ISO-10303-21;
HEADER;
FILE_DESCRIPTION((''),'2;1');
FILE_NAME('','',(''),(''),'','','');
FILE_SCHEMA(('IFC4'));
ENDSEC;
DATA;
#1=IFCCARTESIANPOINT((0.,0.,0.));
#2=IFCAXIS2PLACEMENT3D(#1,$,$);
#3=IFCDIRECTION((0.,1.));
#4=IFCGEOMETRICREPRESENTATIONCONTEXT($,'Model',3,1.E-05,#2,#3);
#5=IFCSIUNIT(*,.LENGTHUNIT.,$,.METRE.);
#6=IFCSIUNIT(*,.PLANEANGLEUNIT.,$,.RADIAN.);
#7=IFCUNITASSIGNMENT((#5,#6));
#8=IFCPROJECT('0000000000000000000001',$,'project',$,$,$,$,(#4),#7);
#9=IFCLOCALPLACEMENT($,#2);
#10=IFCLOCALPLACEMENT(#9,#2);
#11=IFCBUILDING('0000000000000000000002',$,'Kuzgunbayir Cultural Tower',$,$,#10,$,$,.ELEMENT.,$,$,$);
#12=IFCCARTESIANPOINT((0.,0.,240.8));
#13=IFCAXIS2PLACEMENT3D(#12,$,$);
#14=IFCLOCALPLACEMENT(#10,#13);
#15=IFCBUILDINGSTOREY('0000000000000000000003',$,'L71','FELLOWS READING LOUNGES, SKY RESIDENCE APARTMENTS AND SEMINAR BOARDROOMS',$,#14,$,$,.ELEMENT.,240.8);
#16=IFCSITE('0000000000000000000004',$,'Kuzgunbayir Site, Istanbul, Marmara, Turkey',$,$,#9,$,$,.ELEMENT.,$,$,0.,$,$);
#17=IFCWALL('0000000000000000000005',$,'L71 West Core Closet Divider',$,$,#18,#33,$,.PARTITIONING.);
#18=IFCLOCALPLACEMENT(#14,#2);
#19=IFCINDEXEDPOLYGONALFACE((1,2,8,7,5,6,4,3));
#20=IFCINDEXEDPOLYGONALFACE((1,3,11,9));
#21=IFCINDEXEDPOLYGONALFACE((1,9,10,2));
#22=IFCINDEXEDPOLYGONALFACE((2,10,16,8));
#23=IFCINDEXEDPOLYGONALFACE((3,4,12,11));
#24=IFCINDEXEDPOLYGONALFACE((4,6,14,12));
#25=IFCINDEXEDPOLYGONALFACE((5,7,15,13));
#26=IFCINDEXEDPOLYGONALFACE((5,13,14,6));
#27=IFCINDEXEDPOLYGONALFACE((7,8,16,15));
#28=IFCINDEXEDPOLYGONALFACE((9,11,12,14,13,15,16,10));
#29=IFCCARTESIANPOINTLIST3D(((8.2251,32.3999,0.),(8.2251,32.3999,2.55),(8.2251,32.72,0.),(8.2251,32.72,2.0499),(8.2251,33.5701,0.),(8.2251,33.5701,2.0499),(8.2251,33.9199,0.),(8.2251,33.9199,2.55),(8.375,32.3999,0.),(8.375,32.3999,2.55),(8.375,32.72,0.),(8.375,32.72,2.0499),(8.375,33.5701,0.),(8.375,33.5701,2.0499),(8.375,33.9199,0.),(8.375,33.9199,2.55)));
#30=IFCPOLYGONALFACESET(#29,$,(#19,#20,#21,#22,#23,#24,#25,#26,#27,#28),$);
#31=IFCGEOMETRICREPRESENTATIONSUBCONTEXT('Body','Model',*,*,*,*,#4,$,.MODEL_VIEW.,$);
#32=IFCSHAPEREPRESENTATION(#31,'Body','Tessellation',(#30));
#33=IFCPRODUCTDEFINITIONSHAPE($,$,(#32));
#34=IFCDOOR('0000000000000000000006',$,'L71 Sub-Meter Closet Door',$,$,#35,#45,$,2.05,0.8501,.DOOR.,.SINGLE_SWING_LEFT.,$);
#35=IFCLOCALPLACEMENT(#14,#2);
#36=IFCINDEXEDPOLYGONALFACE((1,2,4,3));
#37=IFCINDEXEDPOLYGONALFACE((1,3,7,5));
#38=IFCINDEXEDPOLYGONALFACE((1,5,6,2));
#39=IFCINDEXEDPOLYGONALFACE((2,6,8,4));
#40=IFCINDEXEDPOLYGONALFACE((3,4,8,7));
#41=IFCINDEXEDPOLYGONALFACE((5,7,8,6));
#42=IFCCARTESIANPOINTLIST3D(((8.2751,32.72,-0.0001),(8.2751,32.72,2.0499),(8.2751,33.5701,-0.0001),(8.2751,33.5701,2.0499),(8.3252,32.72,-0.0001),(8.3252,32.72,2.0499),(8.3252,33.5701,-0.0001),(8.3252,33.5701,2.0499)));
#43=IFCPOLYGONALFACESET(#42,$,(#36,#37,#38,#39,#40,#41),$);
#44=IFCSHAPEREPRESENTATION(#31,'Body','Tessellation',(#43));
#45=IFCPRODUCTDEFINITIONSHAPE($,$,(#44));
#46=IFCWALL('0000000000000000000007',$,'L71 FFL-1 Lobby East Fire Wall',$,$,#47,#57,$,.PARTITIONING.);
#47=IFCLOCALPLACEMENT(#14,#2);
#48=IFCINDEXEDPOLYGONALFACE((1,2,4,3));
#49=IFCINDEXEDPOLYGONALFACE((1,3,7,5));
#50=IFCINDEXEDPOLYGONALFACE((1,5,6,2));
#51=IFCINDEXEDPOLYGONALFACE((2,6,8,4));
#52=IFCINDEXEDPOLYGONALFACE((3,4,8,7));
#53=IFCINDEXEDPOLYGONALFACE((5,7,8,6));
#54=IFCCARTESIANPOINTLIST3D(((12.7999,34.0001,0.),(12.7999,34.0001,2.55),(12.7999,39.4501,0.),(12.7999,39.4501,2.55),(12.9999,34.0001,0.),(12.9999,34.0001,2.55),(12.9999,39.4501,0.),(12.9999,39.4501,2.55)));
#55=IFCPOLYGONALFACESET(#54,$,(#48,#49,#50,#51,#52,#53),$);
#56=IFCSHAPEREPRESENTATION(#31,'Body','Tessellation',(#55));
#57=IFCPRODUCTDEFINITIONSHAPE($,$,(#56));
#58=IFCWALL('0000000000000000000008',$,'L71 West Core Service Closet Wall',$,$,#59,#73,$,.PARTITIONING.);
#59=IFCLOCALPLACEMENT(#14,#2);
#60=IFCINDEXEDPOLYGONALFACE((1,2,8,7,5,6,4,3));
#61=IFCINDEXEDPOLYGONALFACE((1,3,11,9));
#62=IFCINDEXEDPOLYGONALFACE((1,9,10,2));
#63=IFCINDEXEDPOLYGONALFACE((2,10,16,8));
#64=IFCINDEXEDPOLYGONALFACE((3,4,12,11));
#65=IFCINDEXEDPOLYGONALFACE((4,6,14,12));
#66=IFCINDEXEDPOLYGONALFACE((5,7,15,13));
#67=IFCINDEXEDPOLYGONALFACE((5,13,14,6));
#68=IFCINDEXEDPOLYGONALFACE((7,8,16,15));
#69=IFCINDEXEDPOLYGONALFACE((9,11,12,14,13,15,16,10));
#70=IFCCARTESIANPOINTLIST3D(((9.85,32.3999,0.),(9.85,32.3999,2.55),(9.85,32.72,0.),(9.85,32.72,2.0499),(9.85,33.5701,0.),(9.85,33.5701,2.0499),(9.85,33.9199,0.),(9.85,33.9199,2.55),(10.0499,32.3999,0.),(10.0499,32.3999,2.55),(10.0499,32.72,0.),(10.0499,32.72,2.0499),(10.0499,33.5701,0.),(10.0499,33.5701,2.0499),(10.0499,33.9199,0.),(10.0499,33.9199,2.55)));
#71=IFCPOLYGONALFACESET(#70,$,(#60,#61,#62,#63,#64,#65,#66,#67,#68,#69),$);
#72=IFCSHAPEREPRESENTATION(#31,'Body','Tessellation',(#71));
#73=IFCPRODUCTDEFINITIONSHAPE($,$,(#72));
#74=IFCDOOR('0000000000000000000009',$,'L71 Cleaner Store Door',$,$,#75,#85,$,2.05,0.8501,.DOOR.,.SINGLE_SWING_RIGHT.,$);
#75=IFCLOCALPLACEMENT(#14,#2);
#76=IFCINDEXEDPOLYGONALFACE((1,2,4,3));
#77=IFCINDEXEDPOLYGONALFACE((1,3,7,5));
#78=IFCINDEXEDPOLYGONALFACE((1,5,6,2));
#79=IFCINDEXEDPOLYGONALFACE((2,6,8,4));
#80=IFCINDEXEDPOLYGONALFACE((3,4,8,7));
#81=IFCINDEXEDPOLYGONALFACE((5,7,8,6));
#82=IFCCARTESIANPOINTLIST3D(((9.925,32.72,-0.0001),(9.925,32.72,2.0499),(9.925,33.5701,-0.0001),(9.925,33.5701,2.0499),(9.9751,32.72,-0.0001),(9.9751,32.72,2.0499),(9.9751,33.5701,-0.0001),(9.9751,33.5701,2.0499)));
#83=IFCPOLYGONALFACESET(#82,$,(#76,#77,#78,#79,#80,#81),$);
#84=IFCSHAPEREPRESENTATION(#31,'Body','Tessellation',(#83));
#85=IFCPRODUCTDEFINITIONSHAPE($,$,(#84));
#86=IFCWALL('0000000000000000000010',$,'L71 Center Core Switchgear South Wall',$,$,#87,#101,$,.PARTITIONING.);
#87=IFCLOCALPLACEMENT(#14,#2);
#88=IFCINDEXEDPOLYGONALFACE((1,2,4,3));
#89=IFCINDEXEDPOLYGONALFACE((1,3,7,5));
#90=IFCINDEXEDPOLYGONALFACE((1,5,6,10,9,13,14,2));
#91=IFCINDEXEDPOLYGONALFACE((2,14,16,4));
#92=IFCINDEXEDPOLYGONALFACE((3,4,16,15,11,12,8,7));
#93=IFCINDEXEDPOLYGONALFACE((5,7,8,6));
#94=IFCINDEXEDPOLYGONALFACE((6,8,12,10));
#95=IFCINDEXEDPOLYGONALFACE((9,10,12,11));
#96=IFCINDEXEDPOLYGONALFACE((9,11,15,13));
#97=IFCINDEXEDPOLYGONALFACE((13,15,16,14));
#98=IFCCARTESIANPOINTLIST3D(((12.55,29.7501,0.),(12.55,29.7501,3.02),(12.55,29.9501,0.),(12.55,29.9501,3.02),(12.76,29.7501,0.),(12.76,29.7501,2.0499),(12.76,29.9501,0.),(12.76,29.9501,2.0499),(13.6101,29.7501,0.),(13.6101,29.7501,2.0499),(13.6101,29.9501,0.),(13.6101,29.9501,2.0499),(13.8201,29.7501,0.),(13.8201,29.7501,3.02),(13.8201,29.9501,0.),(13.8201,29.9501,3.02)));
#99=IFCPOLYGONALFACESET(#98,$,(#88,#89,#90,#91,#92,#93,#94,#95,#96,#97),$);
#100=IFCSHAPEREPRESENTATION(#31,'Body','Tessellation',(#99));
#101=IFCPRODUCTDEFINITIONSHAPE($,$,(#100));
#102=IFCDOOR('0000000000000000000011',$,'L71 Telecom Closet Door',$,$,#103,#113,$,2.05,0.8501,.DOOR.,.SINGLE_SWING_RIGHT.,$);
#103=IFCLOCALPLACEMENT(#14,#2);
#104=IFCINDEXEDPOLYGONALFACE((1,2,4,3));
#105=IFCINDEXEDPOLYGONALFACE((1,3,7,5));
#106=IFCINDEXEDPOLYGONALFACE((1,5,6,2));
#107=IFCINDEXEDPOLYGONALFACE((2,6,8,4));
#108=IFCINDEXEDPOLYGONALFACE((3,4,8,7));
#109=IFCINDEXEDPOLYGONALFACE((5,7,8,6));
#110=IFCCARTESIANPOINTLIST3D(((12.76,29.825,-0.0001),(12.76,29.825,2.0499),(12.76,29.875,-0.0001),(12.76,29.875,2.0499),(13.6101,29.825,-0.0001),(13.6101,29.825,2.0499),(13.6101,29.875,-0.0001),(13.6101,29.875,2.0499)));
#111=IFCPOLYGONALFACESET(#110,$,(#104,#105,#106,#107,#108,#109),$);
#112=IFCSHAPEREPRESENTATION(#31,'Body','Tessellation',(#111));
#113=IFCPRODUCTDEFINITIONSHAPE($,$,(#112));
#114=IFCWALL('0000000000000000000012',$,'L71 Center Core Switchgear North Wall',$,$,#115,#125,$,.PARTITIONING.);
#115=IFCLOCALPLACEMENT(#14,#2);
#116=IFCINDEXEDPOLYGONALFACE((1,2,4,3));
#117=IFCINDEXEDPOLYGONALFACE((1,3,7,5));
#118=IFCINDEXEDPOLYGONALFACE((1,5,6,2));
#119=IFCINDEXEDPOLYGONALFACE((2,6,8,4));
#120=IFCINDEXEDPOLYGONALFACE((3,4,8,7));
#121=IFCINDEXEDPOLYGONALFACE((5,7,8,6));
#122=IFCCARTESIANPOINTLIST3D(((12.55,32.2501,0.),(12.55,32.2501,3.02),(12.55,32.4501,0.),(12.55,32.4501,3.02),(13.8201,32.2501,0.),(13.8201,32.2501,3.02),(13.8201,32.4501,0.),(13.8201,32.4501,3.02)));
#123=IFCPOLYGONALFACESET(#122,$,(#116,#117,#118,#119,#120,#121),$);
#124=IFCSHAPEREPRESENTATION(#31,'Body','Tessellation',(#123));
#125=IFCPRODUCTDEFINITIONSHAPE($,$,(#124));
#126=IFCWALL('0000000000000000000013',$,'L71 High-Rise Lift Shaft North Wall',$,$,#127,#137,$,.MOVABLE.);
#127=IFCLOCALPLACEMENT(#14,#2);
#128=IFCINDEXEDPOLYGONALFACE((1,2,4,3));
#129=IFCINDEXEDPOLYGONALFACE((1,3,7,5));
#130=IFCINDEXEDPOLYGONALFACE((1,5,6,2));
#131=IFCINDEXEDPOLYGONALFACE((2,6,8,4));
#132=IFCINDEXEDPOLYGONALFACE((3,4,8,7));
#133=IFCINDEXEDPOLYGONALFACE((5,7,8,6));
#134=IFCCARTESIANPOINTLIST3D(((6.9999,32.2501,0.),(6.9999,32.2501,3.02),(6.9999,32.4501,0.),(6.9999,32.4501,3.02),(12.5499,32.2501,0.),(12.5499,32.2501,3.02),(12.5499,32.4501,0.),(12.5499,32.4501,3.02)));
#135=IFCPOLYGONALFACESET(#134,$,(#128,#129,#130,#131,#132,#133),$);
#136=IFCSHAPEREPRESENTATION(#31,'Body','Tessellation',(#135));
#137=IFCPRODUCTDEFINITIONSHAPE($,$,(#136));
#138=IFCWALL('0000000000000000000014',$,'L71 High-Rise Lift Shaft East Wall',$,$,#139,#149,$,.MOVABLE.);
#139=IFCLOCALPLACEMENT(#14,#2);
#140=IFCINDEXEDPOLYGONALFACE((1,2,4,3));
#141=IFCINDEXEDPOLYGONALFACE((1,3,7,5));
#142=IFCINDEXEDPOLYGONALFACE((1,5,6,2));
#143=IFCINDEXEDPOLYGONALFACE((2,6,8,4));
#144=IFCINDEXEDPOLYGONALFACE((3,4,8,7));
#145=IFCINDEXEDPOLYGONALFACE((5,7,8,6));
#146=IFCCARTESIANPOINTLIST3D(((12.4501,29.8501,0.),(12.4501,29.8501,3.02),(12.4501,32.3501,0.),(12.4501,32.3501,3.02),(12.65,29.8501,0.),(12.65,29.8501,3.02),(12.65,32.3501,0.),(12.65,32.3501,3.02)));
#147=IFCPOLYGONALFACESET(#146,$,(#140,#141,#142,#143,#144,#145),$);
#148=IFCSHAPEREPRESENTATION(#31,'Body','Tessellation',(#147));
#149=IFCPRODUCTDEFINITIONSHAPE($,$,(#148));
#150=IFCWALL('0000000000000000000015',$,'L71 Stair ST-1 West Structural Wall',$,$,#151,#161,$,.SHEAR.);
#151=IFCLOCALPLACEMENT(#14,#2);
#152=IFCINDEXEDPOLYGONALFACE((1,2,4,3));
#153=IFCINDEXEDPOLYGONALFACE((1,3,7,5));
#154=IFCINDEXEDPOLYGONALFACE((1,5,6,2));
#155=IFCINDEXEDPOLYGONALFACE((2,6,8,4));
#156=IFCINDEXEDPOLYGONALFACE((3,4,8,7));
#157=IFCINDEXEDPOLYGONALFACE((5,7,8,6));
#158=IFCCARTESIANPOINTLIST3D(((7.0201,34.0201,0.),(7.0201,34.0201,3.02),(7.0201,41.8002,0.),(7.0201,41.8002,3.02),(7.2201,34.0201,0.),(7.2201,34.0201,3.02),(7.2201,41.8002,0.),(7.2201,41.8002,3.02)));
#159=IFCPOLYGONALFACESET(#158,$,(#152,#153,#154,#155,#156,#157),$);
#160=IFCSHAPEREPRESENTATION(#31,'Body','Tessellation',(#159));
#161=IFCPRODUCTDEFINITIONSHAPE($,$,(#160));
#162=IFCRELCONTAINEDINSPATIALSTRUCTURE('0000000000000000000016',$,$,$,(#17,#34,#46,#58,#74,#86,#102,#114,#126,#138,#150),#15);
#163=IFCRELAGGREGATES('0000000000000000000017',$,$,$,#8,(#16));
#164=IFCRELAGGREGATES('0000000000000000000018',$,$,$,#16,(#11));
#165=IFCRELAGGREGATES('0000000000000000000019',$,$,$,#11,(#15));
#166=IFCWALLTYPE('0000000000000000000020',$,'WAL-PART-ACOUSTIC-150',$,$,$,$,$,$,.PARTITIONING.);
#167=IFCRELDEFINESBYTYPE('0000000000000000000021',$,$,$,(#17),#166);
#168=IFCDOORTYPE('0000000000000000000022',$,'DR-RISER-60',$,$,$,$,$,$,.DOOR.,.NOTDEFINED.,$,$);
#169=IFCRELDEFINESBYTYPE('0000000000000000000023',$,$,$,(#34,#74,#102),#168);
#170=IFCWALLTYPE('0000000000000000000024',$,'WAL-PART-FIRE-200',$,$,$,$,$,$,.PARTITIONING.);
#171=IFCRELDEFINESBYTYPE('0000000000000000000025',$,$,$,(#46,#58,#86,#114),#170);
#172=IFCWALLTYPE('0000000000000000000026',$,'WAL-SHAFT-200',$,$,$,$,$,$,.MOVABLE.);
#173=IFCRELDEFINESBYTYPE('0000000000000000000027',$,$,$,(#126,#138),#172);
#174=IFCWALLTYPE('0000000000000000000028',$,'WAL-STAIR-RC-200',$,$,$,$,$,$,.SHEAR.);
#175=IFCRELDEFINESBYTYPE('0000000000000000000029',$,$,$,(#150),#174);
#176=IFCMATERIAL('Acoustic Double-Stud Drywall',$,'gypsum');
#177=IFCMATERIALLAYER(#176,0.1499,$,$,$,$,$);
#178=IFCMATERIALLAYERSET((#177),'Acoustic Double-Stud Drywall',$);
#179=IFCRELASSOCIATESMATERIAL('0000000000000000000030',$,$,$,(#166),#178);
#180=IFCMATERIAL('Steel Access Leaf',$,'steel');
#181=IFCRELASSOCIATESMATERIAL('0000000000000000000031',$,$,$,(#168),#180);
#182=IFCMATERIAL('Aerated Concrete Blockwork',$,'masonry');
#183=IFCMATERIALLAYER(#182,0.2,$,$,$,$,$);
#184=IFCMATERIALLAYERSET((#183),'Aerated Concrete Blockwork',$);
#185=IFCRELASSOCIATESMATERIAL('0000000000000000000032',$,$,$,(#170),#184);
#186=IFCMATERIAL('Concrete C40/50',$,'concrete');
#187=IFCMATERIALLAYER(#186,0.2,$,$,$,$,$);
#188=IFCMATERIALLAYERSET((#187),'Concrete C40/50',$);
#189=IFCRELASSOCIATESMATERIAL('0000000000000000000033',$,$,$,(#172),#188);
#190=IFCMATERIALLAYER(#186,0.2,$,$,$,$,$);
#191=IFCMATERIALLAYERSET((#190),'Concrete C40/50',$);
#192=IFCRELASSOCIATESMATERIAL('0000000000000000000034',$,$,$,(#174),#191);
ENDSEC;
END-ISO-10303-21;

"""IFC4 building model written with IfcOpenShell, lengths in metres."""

from ifc_helpers import new_model, si_unit, direction, frame, frame_2d, origin, place, context, subcontext, project, spatial, rectangle, extrude, material, layer, layer_set, type_object, element, fill, save


model = new_model("IFC4")

# Units and contexts
model_context = context("Model", 3, precision=1e-05, world=origin(), true_north=direction((0.0, 1.0)))
body_context = subcontext(model_context, "Body", "Model", "MODEL_VIEW")
ifc_project = project(units=[si_unit("LENGTHUNIT", "METRE"), si_unit("PLANEANGLEUNIT", "RADIAN")], contexts=[model_context])

# Site, building, storey
site_placement = place(None, origin())
site = spatial("IfcSite", under=ifc_project, at=site_placement, Name="Kuzgunbayir Site, Istanbul, Marmara, Turkey", CompositionType="ELEMENT", RefElevation=0.0)
building_placement = place(site_placement, origin())
building = spatial("IfcBuilding", under=site, at=building_placement, Name="Kuzgunbayir Cultural Tower", CompositionType="ELEMENT")
storey_placement = place(building_placement, frame((0.0, 0.0, 240.8)))
storey = spatial("IfcBuildingStorey", under=building, at=storey_placement, Name="L71", Description="FELLOWS READING LOUNGES, SKY RESIDENCE APARTMENTS AND SEMINAR BOARDROOMS", CompositionType="ELEMENT", Elevation=240.8)

# Wall, opening, door
ifc_material_1 = material(Name="Acoustic Double-Stud Drywall", Category="gypsum")
ifc_layer_1 = layer(ifc_material_1, 0.1499)
ifc_layer_set_1 = layer_set([ifc_layer_1], Name="Acoustic Double-Stud Drywall")
wall_type_1 = type_object("IfcWallType", Name="WAL-PART-ACOUSTIC-150", PredefinedType="PARTITIONING", material=ifc_layer_set_1)
wall_1_placement = place(storey_placement, frame((8.3, 32.3999, 0.0), z_axis=(0.0, 0.0, 1.0), x_axis=(0.0, 1.0, 0.0)))
wall_1 = element("IfcWall", 1, at=wall_1_placement, inside=storey, type_object=wall_type_1, Name="L71 West Core Closet Divider", PredefinedType="PARTITIONING", context=body_context, shape_type="SweptSolid", body=[
    extrude(rectangle(XDim=1.52, YDim=0.1499, at=frame_2d((0.76, 0.0))), origin(), (0.0, 0.0, 1.0), 2.55),
])
opening_1_placement = place(wall_1_placement, frame((0.3201, 0.0, 0.0)))
opening_1 = element("IfcOpeningElement", 2, at=opening_1_placement, cuts=wall_1, PredefinedType="OPENING", context=body_context, shape_type="SweptSolid", body=[
    extrude(rectangle(XDim=0.8501, YDim=2.05, at=frame_2d((0.425, 1.0249))), frame((0.0, 0.085, 0.0), z_axis=(0.0, -1.0, 0.0), x_axis=(1.0, 0.0, 0.0)), (0.0, 0.0, 1.0), 0.1699),
])
ifc_material_2 = material(Name="Steel Access Leaf", Category="steel")
door_type_1 = type_object("IfcDoorType", Name="DR-RISER-60", OperationType="NOTDEFINED", PredefinedType="DOOR", material=ifc_material_2)
door_1_placement = place(opening_1_placement, origin())
door_1 = element("IfcDoor", 3, at=door_1_placement, inside=storey, type_object=door_type_1, Name="L71 Sub-Meter Closet Door", OperationType="SINGLE_SWING_LEFT", OverallHeight=2.05, OverallWidth=0.8501, PredefinedType="DOOR", context=body_context, shape_type="SweptSolid", body=[
    extrude(rectangle(XDim=0.8501, YDim=2.05, at=frame_2d((0.425, 1.0249))), frame((0.0, 0.0249, 0.0), z_axis=(0.0, -1.0, 0.0), x_axis=(1.0, 0.0, 0.0)), (0.0, 0.0, 1.0), 0.05),
])
fill(opening_1, door_1)

# Wall
ifc_material_3 = material(Name="Aerated Concrete Blockwork", Category="masonry")
ifc_layer_2 = layer(ifc_material_3, 0.2)
ifc_layer_set_2 = layer_set([ifc_layer_2], Name="Aerated Concrete Blockwork")
wall_type_2 = type_object("IfcWallType", Name="WAL-PART-FIRE-200", PredefinedType="PARTITIONING", material=ifc_layer_set_2)
wall_2_placement = place(storey_placement, frame((12.8999, 34.0, 0.0), z_axis=(0.0, 0.0, 1.0), x_axis=(0.0, 1.0, 0.0)))
element("IfcWall", 4, at=wall_2_placement, inside=storey, type_object=wall_type_2, Name="L71 FFL-1 Lobby East Fire Wall", PredefinedType="PARTITIONING", context=body_context, shape_type="SweptSolid", body=[
    extrude(rectangle(XDim=5.45, YDim=0.2, at=frame_2d((2.7251, 0.0))), origin(), (0.0, 0.0, 1.0), 2.55),
])

# Walls, openings, doors
wall_3_placement = place(storey_placement, frame((9.95, 32.3999, 0.0), z_axis=(0.0, 0.0, 1.0), x_axis=(0.0, 1.0, 0.0)))
wall_3 = element("IfcWall", 5, at=wall_3_placement, inside=storey, type_object=wall_type_2, Name="L71 West Core Service Closet Wall", PredefinedType="PARTITIONING", context=body_context, shape_type="SweptSolid", body=[
    extrude(rectangle(XDim=1.52, YDim=0.2, at=frame_2d((0.76, 0.0))), origin(), (0.0, 0.0, 1.0), 2.55),
])
opening_2_placement = place(wall_3_placement, frame((0.3201, 0.0, 0.0)))
opening_2 = element("IfcOpeningElement", 6, at=opening_2_placement, cuts=wall_3, PredefinedType="OPENING", context=body_context, shape_type="SweptSolid", body=[
    extrude(rectangle(XDim=0.8501, YDim=2.05, at=frame_2d((0.425, 1.0249))), frame((0.0, 0.1099, 0.0), z_axis=(0.0, -1.0, 0.0), x_axis=(1.0, 0.0, 0.0)), (0.0, 0.0, 1.0), 0.22),
])
door_2_placement = place(opening_2_placement, origin())
door_2 = element("IfcDoor", 7, at=door_2_placement, inside=storey, type_object=door_type_1, Name="L71 Cleaner Store Door", OperationType="SINGLE_SWING_RIGHT", OverallHeight=2.05, OverallWidth=0.8501, PredefinedType="DOOR", context=body_context, shape_type="SweptSolid", body=[
    extrude(rectangle(XDim=0.8501, YDim=2.05, at=frame_2d((0.425, 1.0249))), frame((0.0, 0.0249, 0.0), z_axis=(0.0, -1.0, 0.0), x_axis=(1.0, 0.0, 0.0)), (0.0, 0.0, 1.0), 0.05),
])
fill(opening_2, door_2)
wall_4_placement = place(storey_placement, frame((12.55, 29.8501, 0.0), z_axis=(0.0, 0.0, 1.0), x_axis=(1.0, 0.0, 0.0)))
wall_4 = element("IfcWall", 8, at=wall_4_placement, inside=storey, type_object=wall_type_2, Name="L71 Center Core Switchgear South Wall", PredefinedType="PARTITIONING", context=body_context, shape_type="SweptSolid", body=[
    extrude(rectangle(XDim=1.27, YDim=0.2, at=frame_2d((0.635, 0.0))), origin(), (0.0, 0.0, 1.0), 3.02),
])
opening_3_placement = place(wall_4_placement, frame((0.21, 0.0, 0.0)))
opening_3 = element("IfcOpeningElement", 9, at=opening_3_placement, cuts=wall_4, PredefinedType="OPENING", context=body_context, shape_type="SweptSolid", body=[
    extrude(rectangle(XDim=0.8501, YDim=2.05, at=frame_2d((0.425, 1.0249))), frame((0.0, 0.1099, 0.0), z_axis=(0.0, -1.0, 0.0), x_axis=(1.0, 0.0, 0.0)), (0.0, 0.0, 1.0), 0.22),
])
door_3_placement = place(opening_3_placement, origin())
door_3 = element("IfcDoor", 10, at=door_3_placement, inside=storey, type_object=door_type_1, Name="L71 Telecom Closet Door", OperationType="SINGLE_SWING_RIGHT", OverallHeight=2.05, OverallWidth=0.8501, PredefinedType="DOOR", context=body_context, shape_type="SweptSolid", body=[
    extrude(rectangle(XDim=0.8501, YDim=2.05, at=frame_2d((0.425, 1.0249))), frame((0.0, 0.0249, 0.0), z_axis=(0.0, -1.0, 0.0), x_axis=(1.0, 0.0, 0.0)), (0.0, 0.0, 1.0), 0.05),
])
fill(opening_3, door_3)

# Walls
wall_5_placement = place(storey_placement, frame((12.55, 32.3501, 0.0), z_axis=(0.0, 0.0, 1.0), x_axis=(1.0, 0.0, 0.0)))
element("IfcWall", 11, at=wall_5_placement, inside=storey, type_object=wall_type_2, Name="L71 Center Core Switchgear North Wall", PredefinedType="PARTITIONING", context=body_context, shape_type="SweptSolid", body=[
    extrude(rectangle(XDim=1.27, YDim=0.2, at=frame_2d((0.635, 0.0))), origin(), (0.0, 0.0, 1.0), 3.02),
])
ifc_material_4 = material(Name="Concrete C40/50", Category="concrete")
ifc_layer_3 = layer(ifc_material_4, 0.2)
ifc_layer_set_3 = layer_set([ifc_layer_3], Name="Concrete C40/50")
wall_type_3 = type_object("IfcWallType", Name="WAL-SHAFT-200", PredefinedType="MOVABLE", material=ifc_layer_set_3)
wall_6_placement = place(storey_placement, frame((7.0, 32.3501, 0.0), z_axis=(0.0, 0.0, 1.0), x_axis=(1.0, 0.0, 0.0)))
element("IfcWall", 12, at=wall_6_placement, inside=storey, type_object=wall_type_3, Name="L71 High-Rise Lift Shaft North Wall", PredefinedType="MOVABLE", context=body_context, shape_type="SweptSolid", body=[
    extrude(rectangle(XDim=5.55, YDim=0.2, at=frame_2d((2.7749, 0.0))), origin(), (0.0, 0.0, 1.0), 3.02),
])
wall_7_placement = place(storey_placement, frame((12.55, 29.8501, 0.0), z_axis=(0.0, 0.0, 1.0), x_axis=(0.0, 1.0, 0.0)))
element("IfcWall", 13, at=wall_7_placement, inside=storey, type_object=wall_type_3, Name="L71 High-Rise Lift Shaft East Wall", PredefinedType="MOVABLE", context=body_context, shape_type="SweptSolid", body=[
    extrude(rectangle(XDim=2.5, YDim=0.2, at=frame_2d((1.25, 0.0))), origin(), (0.0, 0.0, 1.0), 3.02),
])
ifc_layer_4 = layer(ifc_material_4, 0.2)
ifc_layer_set_4 = layer_set([ifc_layer_4], Name="Concrete C40/50")
wall_type_4 = type_object("IfcWallType", Name="WAL-STAIR-RC-200", PredefinedType="SHEAR", material=ifc_layer_set_4)
wall_8_placement = place(storey_placement, frame((7.1201, 34.02, 0.0), z_axis=(0.0, 0.0, 1.0), x_axis=(0.0, 1.0, 0.0)))
element("IfcWall", 14, at=wall_8_placement, inside=storey, type_object=wall_type_4, Name="L71 Stair ST-1 West Structural Wall", PredefinedType="SHEAR", context=body_context, shape_type="SweptSolid", body=[
    extrude(rectangle(XDim=7.78, YDim=0.2, at=frame_2d((3.8901, 0.0))), origin(), (0.0, 0.0, 1.0), 3.02),
])

save(model, "model.ifc")
